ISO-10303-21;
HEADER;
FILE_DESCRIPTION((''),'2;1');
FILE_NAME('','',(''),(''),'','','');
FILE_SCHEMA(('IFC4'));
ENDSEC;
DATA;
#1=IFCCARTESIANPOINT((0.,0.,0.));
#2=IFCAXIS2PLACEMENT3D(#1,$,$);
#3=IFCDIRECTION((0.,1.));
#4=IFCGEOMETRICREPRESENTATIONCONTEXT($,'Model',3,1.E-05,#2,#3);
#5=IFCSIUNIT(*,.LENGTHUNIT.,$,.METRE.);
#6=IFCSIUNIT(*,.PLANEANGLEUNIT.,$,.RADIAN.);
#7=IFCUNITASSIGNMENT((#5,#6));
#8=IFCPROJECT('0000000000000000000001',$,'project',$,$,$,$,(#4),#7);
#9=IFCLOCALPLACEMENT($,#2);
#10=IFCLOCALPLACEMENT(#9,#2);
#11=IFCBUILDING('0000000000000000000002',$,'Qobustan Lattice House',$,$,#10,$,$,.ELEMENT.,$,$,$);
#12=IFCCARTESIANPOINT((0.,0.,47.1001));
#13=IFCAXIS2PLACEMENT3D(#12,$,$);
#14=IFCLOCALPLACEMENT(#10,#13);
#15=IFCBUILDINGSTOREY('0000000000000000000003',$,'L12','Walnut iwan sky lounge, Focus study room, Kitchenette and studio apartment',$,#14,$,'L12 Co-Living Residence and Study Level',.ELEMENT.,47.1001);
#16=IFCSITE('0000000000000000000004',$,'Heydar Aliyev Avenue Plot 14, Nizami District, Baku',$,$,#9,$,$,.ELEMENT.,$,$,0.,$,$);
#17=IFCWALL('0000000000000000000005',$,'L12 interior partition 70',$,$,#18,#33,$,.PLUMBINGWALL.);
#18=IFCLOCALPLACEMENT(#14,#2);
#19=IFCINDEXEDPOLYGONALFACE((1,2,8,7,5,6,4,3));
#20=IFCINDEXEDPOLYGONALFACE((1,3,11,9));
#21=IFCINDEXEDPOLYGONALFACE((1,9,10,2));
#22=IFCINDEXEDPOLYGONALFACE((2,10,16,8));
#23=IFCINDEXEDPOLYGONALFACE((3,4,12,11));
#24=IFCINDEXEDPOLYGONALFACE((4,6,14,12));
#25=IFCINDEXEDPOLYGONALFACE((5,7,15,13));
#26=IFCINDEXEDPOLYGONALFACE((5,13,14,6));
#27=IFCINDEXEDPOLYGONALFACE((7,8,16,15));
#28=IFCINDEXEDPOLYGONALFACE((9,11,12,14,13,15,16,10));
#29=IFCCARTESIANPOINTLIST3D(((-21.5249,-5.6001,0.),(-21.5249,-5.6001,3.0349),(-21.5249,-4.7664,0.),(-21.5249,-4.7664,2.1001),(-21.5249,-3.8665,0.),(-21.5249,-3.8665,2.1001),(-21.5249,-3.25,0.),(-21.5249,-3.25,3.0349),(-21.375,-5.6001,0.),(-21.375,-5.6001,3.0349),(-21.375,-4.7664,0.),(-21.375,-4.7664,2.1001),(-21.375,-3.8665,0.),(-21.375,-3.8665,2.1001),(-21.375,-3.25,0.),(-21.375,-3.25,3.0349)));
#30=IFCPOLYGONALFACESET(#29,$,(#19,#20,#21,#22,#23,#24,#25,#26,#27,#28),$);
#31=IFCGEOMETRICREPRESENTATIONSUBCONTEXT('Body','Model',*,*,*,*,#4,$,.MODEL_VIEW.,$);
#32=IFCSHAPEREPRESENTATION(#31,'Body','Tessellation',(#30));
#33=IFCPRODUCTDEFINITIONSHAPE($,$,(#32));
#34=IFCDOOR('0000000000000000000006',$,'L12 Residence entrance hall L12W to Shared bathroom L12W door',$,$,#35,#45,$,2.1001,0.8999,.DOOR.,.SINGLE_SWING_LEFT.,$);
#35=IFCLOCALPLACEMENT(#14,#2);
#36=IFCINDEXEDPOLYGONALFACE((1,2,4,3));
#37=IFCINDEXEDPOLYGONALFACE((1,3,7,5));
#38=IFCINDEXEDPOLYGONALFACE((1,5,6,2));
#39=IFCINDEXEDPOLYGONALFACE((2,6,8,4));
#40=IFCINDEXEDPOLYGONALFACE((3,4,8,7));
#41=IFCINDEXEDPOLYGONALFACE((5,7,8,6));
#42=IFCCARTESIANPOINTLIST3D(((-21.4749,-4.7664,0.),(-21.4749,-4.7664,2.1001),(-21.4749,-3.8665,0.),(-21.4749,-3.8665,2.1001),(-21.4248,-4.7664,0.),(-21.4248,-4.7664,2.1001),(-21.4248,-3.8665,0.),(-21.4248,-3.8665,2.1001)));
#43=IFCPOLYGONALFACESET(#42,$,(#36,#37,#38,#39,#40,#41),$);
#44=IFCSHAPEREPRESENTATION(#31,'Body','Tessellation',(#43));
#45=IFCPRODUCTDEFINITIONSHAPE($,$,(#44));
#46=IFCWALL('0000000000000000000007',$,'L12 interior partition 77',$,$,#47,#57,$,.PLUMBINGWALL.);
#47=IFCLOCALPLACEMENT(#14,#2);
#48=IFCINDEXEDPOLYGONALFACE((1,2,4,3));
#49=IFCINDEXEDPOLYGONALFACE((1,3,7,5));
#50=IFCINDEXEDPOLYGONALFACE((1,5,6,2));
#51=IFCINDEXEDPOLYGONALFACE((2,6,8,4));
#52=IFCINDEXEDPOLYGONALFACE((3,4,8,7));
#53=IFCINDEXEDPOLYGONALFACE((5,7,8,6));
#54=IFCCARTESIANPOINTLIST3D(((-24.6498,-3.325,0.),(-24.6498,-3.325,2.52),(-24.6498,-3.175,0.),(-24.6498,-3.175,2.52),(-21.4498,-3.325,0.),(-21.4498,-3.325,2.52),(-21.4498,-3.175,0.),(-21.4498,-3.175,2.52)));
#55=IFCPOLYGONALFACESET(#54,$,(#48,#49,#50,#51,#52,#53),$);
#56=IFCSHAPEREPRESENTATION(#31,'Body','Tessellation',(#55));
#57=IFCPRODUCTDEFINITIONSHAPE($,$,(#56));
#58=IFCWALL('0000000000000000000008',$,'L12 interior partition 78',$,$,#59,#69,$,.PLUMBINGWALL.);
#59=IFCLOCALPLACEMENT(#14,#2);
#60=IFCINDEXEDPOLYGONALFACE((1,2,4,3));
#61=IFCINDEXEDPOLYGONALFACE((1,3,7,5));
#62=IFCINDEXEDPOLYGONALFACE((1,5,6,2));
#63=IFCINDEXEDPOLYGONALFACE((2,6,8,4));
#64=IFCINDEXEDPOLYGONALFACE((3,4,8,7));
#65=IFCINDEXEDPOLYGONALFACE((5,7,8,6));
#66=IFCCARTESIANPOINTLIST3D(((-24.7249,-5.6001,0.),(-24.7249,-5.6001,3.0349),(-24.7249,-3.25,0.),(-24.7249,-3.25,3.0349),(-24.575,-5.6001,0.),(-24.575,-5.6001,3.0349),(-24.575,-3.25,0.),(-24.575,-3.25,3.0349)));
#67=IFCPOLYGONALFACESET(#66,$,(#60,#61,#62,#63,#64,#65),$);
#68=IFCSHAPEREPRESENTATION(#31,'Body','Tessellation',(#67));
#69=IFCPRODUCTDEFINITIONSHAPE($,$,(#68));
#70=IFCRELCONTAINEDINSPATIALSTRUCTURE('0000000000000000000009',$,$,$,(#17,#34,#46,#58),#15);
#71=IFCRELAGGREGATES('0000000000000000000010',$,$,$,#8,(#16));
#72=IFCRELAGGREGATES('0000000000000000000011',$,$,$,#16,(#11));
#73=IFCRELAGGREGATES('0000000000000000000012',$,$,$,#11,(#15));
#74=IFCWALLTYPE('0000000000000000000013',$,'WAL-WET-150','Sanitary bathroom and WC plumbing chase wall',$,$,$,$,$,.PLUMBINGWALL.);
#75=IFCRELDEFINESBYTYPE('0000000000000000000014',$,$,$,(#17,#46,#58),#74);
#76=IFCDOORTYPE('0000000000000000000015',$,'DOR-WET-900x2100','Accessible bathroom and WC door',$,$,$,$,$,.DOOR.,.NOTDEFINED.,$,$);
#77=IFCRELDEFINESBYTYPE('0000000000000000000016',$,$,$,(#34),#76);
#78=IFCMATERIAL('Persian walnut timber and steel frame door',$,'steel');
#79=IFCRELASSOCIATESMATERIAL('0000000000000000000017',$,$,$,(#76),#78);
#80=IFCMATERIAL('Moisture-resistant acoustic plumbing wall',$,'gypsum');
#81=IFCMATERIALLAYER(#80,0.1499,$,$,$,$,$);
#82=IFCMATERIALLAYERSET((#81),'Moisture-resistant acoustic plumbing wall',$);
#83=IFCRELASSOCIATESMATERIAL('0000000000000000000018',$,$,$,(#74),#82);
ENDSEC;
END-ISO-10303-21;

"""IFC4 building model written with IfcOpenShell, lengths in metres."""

from ifc_helpers import new_model, si_unit, direction, frame, frame_2d, origin, place, context, subcontext, project, spatial, rectangle, extrude, material, layer, layer_set, type_object, element, fill, save


model = new_model("IFC4")

# Units and contexts
model_context = context("Model", 3, precision=1e-05, world=origin(), true_north=direction((0.0, 1.0)))
body_context = subcontext(model_context, "Body", "Model", "MODEL_VIEW")
ifc_project = project(units=[si_unit("LENGTHUNIT", "METRE"), si_unit("PLANEANGLEUNIT", "RADIAN")], contexts=[model_context])

# Site, building, storey
site_placement = place(None, origin())
site = spatial("IfcSite", under=ifc_project, at=site_placement, Name="Heydar Aliyev Avenue Plot 14, Nizami District, Baku", CompositionType="ELEMENT", RefElevation=0.0)
building_placement = place(site_placement, origin())
building = spatial("IfcBuilding", under=site, at=building_placement, Name="Qobustan Lattice House", CompositionType="ELEMENT")
storey_placement = place(building_placement, frame((0.0, 0.0, 47.1001)))
storey = spatial("IfcBuildingStorey", under=building, at=storey_placement, Name="L12", Description="Walnut iwan sky lounge, Focus study room, Kitchenette and studio apartment", LongName="L12 Co-Living Residence and Study Level", CompositionType="ELEMENT", Elevation=47.1001)

# Shared definitions
ifc_material_1 = material(Name="Persian walnut timber and steel frame door", Category="steel")
door_type_1 = type_object("IfcDoorType", Name="DOR-WET-900x2100", Description="Accessible bathroom and WC door", OperationType="NOTDEFINED", PredefinedType="DOOR", material=ifc_material_1)

# Shared definitions
ifc_material_2 = material(Name="Moisture-resistant acoustic plumbing wall", Category="gypsum")
ifc_layer_1 = layer(ifc_material_2, 0.1499)
ifc_layer_set_1 = layer_set([ifc_layer_1], Name="Moisture-resistant acoustic plumbing wall")
wall_type_1 = type_object("IfcWallType", Name="WAL-WET-150", Description="Sanitary bathroom and WC plumbing chase wall", PredefinedType="PLUMBINGWALL", material=ifc_layer_set_1)

# Wall, opening, door
wall_1_placement = place(storey_placement, frame((-21.45, -5.6001, 0.0), z_axis=(0.0, 0.0, 1.0), x_axis=(0.0, 1.0, 0.0)))
wall_1 = element("IfcWall", 1, at=wall_1_placement, inside=storey, type_object=wall_type_1, Name="L12 interior partition 70", PredefinedType="PLUMBINGWALL", context=body_context, shape_type="SweptSolid", body=[
    extrude(rectangle(XDim=2.3501, YDim=0.1499, at=frame_2d((1.175, 0.0))), origin(), (0.0, 0.0, 1.0), 3.0349),
])
opening_1_placement = place(wall_1_placement, frame((0.8337, 0.0, 0.0)))
opening_1 = element("IfcOpeningElement", 2, at=opening_1_placement, cuts=wall_1, PredefinedType="OPENING", context=body_context, shape_type="SweptSolid", body=[
    extrude(rectangle(XDim=0.8999, YDim=2.1001, at=frame_2d((0.45, 1.05))), frame((0.0, 0.085, 0.0), z_axis=(0.0, -1.0, 0.0), x_axis=(1.0, 0.0, 0.0)), (0.0, 0.0, 1.0), 0.1699),
])
door_1_placement = place(opening_1_placement, origin())
door_1 = element("IfcDoor", 3, at=door_1_placement, inside=storey, type_object=door_type_1, Name="L12 Residence entrance hall L12W to Shared bathroom L12W door", OperationType="SINGLE_SWING_LEFT", OverallHeight=2.1001, OverallWidth=0.8999, PredefinedType="DOOR", context=body_context, shape_type="SweptSolid", body=[
    extrude(rectangle(XDim=0.8999, YDim=2.1001, at=frame_2d((0.45, 1.05))), frame((0.0, 0.0249, 0.0), z_axis=(0.0, -1.0, 0.0), x_axis=(1.0, 0.0, 0.0)), (0.0, 0.0, 1.0), 0.05),
])
fill(opening_1, door_1)

# Walls
wall_2_placement = place(storey_placement, frame((-24.6499, -3.25, 0.0), z_axis=(0.0, 0.0, 1.0), x_axis=(1.0, 0.0, 0.0)))
element("IfcWall", 4, at=wall_2_placement, inside=storey, type_object=wall_type_1, Name="L12 interior partition 77", PredefinedType="PLUMBINGWALL", context=body_context, shape_type="SweptSolid", body=[
    extrude(rectangle(XDim=3.2, YDim=0.1499, at=frame_2d((1.6001, 0.0))), origin(), (0.0, 0.0, 1.0), 2.52),
])
wall_3_placement = place(storey_placement, frame((-24.6499, -5.6001, 0.0), z_axis=(0.0, 0.0, 1.0), x_axis=(0.0, 1.0, 0.0)))
element("IfcWall", 5, at=wall_3_placement, inside=storey, type_object=wall_type_1, Name="L12 interior partition 78", PredefinedType="PLUMBINGWALL", context=body_context, shape_type="SweptSolid", body=[
    extrude(rectangle(XDim=2.3501, YDim=0.1499, at=frame_2d((1.175, 0.0))), origin(), (0.0, 0.0, 1.0), 3.0349),
])

save(model, "model.ifc")
